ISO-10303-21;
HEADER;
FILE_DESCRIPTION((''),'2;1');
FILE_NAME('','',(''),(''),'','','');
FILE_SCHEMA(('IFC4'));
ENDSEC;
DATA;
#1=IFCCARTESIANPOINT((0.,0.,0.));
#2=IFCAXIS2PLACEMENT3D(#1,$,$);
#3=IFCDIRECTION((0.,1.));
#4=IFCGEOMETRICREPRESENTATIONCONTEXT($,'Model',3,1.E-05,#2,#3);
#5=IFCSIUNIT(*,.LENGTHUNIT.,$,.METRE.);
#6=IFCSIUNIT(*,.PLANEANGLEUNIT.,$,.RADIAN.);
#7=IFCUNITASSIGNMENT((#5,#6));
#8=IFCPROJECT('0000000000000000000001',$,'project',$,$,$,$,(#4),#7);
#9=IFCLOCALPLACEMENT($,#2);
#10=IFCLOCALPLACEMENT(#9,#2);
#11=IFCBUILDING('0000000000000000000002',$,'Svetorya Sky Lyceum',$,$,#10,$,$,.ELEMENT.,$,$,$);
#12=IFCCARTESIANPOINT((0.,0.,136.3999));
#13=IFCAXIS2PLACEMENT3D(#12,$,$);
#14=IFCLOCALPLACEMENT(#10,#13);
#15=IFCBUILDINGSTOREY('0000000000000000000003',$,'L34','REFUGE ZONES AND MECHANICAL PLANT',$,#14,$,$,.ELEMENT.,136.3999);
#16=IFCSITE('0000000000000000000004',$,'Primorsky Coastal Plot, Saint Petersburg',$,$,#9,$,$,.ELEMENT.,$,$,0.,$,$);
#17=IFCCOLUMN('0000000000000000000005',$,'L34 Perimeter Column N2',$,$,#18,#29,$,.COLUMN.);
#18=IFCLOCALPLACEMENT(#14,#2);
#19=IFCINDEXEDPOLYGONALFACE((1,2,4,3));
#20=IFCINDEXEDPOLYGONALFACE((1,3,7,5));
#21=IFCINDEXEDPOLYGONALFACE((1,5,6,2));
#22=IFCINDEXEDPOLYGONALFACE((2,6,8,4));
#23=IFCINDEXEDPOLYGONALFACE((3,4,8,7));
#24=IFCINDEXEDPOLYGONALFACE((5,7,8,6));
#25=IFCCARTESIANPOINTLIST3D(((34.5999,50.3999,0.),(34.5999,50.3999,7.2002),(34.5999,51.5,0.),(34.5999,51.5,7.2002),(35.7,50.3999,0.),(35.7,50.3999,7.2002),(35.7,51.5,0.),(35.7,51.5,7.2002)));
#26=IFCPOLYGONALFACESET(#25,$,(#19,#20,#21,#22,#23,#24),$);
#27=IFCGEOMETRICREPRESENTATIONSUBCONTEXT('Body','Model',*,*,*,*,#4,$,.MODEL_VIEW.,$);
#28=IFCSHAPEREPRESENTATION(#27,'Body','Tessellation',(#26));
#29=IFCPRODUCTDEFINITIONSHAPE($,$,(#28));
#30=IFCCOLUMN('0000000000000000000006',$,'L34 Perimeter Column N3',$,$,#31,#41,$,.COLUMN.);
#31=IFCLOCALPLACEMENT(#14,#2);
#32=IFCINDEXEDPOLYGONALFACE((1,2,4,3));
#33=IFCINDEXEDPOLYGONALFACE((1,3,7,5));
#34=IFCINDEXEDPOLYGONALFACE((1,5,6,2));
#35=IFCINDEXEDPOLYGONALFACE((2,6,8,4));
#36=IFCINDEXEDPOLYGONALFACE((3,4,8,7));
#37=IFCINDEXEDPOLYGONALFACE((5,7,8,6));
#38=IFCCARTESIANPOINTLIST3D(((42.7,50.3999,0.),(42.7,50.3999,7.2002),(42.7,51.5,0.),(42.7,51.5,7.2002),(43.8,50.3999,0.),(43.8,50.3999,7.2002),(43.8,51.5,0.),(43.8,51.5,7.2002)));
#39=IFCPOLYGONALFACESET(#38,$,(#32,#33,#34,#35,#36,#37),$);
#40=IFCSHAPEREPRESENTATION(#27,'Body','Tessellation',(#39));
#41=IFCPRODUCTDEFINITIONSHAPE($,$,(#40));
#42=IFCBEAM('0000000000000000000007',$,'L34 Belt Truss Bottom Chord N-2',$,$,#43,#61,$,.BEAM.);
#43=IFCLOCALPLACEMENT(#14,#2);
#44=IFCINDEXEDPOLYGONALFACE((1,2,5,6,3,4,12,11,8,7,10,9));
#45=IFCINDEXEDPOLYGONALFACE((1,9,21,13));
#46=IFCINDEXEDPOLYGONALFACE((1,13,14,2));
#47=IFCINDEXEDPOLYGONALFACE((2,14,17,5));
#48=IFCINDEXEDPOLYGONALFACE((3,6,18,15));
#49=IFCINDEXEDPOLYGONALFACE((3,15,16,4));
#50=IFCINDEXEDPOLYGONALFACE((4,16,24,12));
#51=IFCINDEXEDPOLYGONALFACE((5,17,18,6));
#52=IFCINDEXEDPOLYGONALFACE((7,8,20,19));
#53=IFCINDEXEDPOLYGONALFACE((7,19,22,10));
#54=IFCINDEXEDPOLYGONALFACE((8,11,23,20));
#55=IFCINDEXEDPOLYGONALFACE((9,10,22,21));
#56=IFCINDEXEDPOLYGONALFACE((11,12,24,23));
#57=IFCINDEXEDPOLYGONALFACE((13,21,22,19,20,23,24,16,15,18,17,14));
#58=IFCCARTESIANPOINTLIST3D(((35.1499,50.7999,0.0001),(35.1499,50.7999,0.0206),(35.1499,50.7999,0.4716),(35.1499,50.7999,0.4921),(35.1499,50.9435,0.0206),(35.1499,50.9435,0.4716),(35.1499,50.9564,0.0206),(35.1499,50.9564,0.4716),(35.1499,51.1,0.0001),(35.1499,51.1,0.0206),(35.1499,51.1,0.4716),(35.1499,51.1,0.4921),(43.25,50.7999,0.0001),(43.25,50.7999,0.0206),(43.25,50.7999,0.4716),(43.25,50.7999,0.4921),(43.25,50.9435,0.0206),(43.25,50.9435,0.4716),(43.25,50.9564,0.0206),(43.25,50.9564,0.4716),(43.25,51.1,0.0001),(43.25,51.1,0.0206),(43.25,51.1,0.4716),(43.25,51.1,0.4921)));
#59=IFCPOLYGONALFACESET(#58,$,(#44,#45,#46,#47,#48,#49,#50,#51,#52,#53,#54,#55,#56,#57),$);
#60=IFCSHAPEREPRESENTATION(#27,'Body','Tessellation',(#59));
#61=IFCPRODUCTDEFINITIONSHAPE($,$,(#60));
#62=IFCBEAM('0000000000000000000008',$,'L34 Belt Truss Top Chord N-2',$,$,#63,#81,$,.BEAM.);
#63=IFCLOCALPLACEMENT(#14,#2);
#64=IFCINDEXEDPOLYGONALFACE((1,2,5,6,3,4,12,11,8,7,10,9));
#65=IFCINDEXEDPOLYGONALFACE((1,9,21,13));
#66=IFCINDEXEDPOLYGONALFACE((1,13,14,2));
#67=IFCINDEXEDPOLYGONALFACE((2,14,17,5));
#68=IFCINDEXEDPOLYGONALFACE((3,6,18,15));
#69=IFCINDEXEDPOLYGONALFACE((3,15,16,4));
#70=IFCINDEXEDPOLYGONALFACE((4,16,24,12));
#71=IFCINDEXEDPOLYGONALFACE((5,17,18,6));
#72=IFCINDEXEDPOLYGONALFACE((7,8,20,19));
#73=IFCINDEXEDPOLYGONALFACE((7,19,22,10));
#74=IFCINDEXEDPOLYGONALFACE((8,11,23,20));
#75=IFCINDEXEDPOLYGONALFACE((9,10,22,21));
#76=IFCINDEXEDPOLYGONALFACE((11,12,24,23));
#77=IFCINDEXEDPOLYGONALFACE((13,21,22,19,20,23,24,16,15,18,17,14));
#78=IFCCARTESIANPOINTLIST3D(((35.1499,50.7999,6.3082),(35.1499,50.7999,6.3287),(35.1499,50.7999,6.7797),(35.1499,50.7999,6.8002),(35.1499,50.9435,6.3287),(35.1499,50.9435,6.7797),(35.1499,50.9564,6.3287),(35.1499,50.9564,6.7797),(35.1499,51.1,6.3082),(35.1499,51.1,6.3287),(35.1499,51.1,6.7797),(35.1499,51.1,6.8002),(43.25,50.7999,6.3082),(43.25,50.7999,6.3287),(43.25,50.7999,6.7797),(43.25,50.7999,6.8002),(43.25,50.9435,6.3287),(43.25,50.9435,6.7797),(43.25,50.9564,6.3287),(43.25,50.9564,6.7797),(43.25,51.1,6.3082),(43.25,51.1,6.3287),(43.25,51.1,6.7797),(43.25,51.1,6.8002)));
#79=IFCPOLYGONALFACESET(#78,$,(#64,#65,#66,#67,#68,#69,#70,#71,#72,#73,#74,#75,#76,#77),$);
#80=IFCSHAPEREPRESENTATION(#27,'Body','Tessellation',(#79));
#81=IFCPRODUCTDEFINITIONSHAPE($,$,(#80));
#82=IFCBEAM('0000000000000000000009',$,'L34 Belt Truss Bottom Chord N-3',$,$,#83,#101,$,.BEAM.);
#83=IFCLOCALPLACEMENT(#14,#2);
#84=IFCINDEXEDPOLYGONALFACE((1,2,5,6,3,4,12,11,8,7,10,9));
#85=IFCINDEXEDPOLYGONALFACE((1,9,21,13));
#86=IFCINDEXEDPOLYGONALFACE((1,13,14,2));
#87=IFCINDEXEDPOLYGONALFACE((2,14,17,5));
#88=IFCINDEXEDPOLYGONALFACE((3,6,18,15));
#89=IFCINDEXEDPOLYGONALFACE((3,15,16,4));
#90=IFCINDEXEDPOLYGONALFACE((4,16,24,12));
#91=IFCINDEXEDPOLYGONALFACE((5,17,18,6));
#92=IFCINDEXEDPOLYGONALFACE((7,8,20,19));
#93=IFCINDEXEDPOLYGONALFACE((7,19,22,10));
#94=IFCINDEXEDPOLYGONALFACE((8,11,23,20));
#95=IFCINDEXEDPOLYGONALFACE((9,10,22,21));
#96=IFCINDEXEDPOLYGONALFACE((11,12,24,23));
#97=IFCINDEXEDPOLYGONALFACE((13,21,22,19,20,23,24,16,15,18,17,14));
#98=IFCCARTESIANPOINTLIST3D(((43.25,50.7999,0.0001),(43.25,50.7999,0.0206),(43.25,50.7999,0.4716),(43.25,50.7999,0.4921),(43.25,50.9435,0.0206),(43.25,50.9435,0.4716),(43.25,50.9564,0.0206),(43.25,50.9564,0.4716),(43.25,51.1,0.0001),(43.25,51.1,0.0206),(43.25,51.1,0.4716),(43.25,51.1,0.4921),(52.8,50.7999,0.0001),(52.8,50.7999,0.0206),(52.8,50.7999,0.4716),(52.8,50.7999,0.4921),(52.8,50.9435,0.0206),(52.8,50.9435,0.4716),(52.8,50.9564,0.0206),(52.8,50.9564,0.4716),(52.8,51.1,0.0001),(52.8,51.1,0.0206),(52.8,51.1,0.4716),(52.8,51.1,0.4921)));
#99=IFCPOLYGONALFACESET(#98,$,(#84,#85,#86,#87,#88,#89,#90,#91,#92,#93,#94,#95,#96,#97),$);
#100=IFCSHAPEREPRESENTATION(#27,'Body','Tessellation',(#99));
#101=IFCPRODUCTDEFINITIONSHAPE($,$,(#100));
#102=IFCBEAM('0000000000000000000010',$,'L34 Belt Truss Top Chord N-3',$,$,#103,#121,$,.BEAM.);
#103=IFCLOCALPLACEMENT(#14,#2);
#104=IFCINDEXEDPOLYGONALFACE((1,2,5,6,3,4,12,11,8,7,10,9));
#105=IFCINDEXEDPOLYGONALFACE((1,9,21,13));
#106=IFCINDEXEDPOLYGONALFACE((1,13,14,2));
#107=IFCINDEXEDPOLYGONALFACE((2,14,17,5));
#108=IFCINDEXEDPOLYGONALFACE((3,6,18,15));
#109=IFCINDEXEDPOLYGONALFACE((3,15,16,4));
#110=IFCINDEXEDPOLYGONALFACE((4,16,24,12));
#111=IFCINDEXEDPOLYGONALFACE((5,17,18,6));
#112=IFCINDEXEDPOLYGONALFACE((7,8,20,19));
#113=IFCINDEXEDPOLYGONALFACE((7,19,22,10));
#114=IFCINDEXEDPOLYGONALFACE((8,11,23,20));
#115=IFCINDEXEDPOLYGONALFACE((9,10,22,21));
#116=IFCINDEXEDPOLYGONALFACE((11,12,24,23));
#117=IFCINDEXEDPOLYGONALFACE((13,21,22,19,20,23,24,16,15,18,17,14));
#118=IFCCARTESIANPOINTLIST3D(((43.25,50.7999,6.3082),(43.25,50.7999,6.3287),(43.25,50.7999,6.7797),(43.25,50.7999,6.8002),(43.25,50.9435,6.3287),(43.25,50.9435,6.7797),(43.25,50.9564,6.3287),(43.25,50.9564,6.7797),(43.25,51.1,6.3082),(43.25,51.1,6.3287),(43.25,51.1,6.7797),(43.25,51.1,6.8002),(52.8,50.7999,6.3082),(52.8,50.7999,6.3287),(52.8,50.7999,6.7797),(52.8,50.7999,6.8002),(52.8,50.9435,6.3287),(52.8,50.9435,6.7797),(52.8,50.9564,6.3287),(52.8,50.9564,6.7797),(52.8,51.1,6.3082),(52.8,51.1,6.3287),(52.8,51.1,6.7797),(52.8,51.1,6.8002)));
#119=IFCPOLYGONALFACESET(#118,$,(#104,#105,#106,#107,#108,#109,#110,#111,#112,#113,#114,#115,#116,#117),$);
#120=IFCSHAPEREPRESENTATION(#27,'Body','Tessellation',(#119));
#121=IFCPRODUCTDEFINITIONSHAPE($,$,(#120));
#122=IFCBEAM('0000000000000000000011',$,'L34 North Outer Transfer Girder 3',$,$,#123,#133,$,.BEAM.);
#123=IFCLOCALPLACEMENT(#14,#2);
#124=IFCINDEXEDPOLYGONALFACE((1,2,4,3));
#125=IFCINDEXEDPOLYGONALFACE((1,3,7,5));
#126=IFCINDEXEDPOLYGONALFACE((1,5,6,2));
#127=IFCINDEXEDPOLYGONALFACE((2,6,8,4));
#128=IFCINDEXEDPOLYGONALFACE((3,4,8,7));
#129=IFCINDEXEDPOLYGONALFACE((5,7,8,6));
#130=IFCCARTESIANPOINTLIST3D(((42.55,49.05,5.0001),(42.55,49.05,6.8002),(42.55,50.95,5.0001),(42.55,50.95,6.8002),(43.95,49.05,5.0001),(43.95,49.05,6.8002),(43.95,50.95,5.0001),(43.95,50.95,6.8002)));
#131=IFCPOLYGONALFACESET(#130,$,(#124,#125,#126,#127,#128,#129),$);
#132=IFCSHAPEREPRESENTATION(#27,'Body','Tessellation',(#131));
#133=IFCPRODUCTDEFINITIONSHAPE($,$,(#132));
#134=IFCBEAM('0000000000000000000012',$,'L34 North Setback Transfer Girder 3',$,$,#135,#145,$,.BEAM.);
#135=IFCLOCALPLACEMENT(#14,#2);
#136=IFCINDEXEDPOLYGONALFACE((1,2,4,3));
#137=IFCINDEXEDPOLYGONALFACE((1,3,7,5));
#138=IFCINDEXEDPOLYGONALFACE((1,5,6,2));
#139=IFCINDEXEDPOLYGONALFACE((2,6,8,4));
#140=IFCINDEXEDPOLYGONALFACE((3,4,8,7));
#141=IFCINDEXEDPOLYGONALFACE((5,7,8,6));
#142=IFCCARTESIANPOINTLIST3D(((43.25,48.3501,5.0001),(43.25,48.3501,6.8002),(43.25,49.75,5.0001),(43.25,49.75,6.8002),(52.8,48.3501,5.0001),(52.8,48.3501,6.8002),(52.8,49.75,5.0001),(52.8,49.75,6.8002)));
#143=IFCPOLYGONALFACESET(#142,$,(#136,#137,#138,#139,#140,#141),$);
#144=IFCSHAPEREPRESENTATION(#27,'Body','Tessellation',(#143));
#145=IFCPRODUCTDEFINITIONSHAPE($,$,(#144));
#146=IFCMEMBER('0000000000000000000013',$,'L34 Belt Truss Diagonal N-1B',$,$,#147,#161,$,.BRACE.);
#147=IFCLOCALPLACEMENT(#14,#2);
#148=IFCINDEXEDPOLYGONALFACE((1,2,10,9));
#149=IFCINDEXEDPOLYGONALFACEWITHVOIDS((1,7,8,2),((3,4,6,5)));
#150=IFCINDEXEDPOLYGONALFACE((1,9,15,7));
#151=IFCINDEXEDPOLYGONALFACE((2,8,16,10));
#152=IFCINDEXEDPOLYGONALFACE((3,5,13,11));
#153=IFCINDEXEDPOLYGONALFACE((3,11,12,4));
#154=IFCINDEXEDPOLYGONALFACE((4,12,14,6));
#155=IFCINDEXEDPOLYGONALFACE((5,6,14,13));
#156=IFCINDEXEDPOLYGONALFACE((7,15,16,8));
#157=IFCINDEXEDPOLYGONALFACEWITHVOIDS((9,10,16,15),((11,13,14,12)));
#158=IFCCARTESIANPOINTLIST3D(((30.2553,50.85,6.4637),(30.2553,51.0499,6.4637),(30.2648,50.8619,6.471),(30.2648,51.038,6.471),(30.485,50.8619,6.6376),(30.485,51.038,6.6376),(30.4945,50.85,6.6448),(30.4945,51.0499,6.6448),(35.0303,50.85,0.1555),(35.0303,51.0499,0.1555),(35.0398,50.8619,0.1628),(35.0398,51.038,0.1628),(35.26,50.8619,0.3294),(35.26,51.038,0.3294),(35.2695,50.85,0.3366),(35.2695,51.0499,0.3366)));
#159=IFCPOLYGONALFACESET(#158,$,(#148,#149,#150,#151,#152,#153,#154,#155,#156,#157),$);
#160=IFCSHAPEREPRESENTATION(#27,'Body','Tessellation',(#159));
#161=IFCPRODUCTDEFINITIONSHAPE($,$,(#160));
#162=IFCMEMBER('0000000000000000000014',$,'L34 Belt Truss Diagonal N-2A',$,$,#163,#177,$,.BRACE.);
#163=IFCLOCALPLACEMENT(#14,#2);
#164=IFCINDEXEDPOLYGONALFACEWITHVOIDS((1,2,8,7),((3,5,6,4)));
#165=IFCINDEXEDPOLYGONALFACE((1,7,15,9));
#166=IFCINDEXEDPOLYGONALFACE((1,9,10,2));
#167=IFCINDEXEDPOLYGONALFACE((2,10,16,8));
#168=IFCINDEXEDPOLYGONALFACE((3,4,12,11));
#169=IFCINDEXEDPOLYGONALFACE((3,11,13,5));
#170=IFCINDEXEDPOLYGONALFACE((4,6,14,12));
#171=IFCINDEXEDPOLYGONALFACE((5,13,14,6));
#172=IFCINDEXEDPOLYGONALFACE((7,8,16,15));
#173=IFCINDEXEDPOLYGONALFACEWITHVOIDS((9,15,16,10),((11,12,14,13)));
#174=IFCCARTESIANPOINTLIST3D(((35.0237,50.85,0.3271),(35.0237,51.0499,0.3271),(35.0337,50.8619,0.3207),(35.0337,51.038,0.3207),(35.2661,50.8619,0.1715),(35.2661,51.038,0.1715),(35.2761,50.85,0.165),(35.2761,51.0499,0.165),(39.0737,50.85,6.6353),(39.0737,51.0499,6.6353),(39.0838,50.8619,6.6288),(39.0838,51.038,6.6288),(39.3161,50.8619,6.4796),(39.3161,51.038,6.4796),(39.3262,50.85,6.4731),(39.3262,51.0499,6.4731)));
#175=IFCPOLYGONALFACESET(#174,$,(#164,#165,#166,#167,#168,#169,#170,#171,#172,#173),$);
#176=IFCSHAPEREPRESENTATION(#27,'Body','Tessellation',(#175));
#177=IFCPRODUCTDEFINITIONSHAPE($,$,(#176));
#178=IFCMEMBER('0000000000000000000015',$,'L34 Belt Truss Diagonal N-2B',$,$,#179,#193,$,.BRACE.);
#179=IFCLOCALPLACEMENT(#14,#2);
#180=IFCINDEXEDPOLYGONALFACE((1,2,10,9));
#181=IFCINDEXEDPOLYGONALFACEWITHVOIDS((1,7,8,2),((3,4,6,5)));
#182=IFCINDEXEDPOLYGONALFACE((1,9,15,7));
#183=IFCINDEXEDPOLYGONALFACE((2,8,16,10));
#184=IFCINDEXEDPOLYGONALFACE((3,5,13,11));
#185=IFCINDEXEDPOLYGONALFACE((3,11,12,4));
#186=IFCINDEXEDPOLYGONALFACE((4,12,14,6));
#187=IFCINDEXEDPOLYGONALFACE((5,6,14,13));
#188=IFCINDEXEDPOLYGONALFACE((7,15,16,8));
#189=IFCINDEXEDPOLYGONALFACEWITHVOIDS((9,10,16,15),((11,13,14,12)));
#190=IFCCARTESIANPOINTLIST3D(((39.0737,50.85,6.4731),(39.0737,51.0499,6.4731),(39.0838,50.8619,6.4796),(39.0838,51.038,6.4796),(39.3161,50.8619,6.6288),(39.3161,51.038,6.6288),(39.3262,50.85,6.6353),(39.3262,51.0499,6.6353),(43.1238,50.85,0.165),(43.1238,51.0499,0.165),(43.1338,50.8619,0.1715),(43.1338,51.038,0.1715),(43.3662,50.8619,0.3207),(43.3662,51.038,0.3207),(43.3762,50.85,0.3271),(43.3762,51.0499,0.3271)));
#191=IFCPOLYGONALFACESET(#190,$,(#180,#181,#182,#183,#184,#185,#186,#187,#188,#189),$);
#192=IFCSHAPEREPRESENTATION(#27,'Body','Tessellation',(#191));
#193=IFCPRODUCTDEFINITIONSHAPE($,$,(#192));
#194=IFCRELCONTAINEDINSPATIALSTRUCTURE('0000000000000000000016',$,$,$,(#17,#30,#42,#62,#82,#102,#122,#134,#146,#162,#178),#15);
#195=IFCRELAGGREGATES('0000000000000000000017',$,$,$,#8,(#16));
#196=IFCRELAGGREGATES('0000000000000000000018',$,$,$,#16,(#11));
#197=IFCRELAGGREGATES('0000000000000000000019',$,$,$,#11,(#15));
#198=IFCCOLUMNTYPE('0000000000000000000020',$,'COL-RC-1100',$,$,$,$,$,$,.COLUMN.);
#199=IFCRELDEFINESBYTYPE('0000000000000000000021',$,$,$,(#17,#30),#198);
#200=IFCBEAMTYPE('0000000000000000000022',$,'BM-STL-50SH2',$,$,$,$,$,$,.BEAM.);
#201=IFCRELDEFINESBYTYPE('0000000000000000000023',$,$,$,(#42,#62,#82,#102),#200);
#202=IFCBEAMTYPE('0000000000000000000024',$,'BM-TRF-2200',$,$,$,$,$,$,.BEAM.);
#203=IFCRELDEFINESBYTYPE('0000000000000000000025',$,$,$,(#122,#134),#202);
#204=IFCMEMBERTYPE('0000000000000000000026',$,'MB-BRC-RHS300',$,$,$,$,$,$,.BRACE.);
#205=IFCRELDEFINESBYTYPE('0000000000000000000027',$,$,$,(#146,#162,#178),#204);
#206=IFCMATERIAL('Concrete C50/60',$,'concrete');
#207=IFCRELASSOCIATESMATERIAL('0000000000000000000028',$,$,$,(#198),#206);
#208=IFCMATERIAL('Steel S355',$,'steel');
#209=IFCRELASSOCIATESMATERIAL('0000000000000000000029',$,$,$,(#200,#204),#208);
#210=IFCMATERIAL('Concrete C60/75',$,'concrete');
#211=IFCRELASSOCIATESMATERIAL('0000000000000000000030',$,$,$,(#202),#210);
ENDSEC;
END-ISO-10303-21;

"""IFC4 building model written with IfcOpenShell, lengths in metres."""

from ifc_helpers import new_model, si_unit, direction, frame, origin, origin_2d, place, context, subcontext, project, spatial, rectangle, hollow_rectangle, i_section, extrude, material, material_profile, profile_set, type_object, element, save


model = new_model("IFC4")

# Units and contexts
model_context = context("Model", 3, precision=1e-05, world=origin(), true_north=direction((0.0, 1.0)))
body_context = subcontext(model_context, "Body", "Model", "MODEL_VIEW")
ifc_project = project(units=[si_unit("LENGTHUNIT", "METRE"), si_unit("PLANEANGLEUNIT", "RADIAN")], contexts=[model_context])

# Site, building, storey
site_placement = place(None, origin())
site = spatial("IfcSite", under=ifc_project, at=site_placement, Name="Primorsky Coastal Plot, Saint Petersburg", CompositionType="ELEMENT", RefElevation=0.0)
building_placement = place(site_placement, origin())
building = spatial("IfcBuilding", under=site, at=building_placement, Name="Svetorya Sky Lyceum", CompositionType="ELEMENT")
storey_placement = place(building_placement, frame((0.0, 0.0, 136.3999)))
storey = spatial("IfcBuildingStorey", under=building, at=storey_placement, Name="L34", Description="REFUGE ZONES AND MECHANICAL PLANT", CompositionType="ELEMENT", Elevation=136.3999)

# Columns
ifc_material_1 = material(Name="Concrete C50/60", Category="concrete")
ifc_material_profile_1 = material_profile(ifc_material_1, rectangle(XDim=1.1001, YDim=1.1001, at=origin_2d()), Name="RC COL 1100x1100")
ifc_profile_set_1 = profile_set([ifc_material_profile_1], Name="Concrete C50/60")
column_type = type_object("IfcColumnType", Name="COL-RC-1100", PredefinedType="COLUMN", material=ifc_profile_set_1)
for number, where, z_axis, x_axis, name in (
    (1, (35.1499, 50.95, 0.0), (0.0, 0.0, 1.0), (1.0, 0.0, 0.0), "L34 Perimeter Column N2"),
    (2, (43.25, 50.95, 0.0), (0.0, 0.0, 1.0), (1.0, 0.0, 0.0), "L34 Perimeter Column N3"),
):
    element("IfcColumn", number, at=place(storey_placement, frame(where, z_axis=z_axis, x_axis=x_axis)), inside=storey, type_object=column_type, Name=name, PredefinedType="COLUMN", context=body_context, shape_type="SweptSolid", body=[
        extrude(rectangle(XDim=1.1001, YDim=1.1001, at=origin_2d()), origin(), (0.0, 0.0, 1.0), 7.2002),
    ])

# Beams
ifc_material_2 = material(Name="Steel S355", Category="steel")
ifc_material_profile_2 = material_profile(ifc_material_2, i_section(OverallWidth=0.3, OverallDepth=0.4919, WebThickness=0.0129, FlangeThickness=0.0205, at=origin_2d()), Name="GOST 50Sh2")
ifc_profile_set_2 = profile_set([ifc_material_profile_2], Name="Steel S355")
beam_type_1 = type_object("IfcBeamType", Name="BM-STL-50SH2", PredefinedType="BEAM", material=ifc_profile_set_2)
for number, where, z_axis, x_axis, name in (
    (3, (35.1499, 50.95, 0.2461), (1.0, 0.0, 0.0), (0.0, 1.0, 0.0), "L34 Belt Truss Bottom Chord N-2"),
    (4, (35.1499, 50.95, 6.5542), (1.0, 0.0, 0.0), (0.0, 1.0, 0.0), "L34 Belt Truss Top Chord N-2"),
):
    element("IfcBeam", number, at=place(storey_placement, frame(where, z_axis=z_axis, x_axis=x_axis)), inside=storey, type_object=beam_type_1, Name=name, PredefinedType="BEAM", context=body_context, shape_type="SweptSolid", body=[
        extrude(i_section(OverallWidth=0.3, OverallDepth=0.4919, WebThickness=0.0129, FlangeThickness=0.0205, at=origin_2d()), origin(), (0.0, 0.0, 1.0), 8.1001),
    ])
for number, where, z_axis, x_axis, name in (
    (5, (43.25, 50.95, 0.2461), (1.0, 0.0, 0.0), (0.0, 1.0, 0.0), "L34 Belt Truss Bottom Chord N-3"),
    (6, (43.25, 50.95, 6.5542), (1.0, 0.0, 0.0), (0.0, 1.0, 0.0), "L34 Belt Truss Top Chord N-3"),
):
    element("IfcBeam", number, at=place(storey_placement, frame(where, z_axis=z_axis, x_axis=x_axis)), inside=storey, type_object=beam_type_1, Name=name, PredefinedType="BEAM", context=body_context, shape_type="SweptSolid", body=[
        extrude(i_section(OverallWidth=0.3, OverallDepth=0.4919, WebThickness=0.0129, FlangeThickness=0.0205, at=origin_2d()), origin(), (0.0, 0.0, 1.0), 9.55),
    ])
ifc_material_3 = material(Name="Concrete C60/75", Category="concrete")
ifc_material_profile_3 = material_profile(ifc_material_3, rectangle(XDim=1.3999, YDim=1.8, at=origin_2d()), Name="RC TRANSFER 1400x1800")
ifc_profile_set_3 = profile_set([ifc_material_profile_3], Name="Concrete C60/75")
beam_type_2 = type_object("IfcBeamType", Name="BM-TRF-2200", PredefinedType="BEAM", material=ifc_profile_set_3)
beam_1_placement = place(storey_placement, frame((43.25, 49.05, 5.9001), z_axis=(0.0, 1.0, 0.0), x_axis=(-1.0, 0.0, 0.0)))
element("IfcBeam", 7, at=beam_1_placement, inside=storey, type_object=beam_type_2, Name="L34 North Outer Transfer Girder 3", PredefinedType="BEAM", context=body_context, shape_type="SweptSolid", body=[
    extrude(rectangle(XDim=1.3999, YDim=1.8, at=origin_2d()), origin(), (0.0, 0.0, 1.0), 1.8999),
])
beam_2_placement = place(storey_placement, frame((43.25, 49.05, 5.9001), z_axis=(1.0, 0.0, 0.0), x_axis=(0.0, 1.0, 0.0)))
element("IfcBeam", 8, at=beam_2_placement, inside=storey, type_object=beam_type_2, Name="L34 North Setback Transfer Girder 3", PredefinedType="BEAM", context=body_context, shape_type="SweptSolid", body=[
    extrude(rectangle(XDim=1.3999, YDim=1.8, at=origin_2d()), origin(), (0.0, 0.0, 1.0), 9.55),
])

# Members
ifc_material_profile_4 = material_profile(ifc_material_2, hollow_rectangle(XDim=0.2, YDim=0.3, WallThickness=0.012, at=origin_2d()), Name="RHS 300x200x12")
ifc_profile_set_4 = profile_set([ifc_material_profile_4], Name="Steel S355")
member_type_1 = type_object("IfcMemberType", Name="MB-BRC-RHS300", PredefinedType="BRACE", material=ifc_profile_set_4)
member_1_placement = place(storey_placement, frame((35.1499, 50.95, 0.2461), z_axis=(-0.603539, 0.0, 0.797333), x_axis=(0.0, -1.0, 0.0)))
element("IfcMember", 9, at=member_1_placement, inside=storey, type_object=member_type_1, Name="L34 Belt Truss Diagonal N-1B", PredefinedType="BRACE", context=body_context, shape_type="SweptSolid", body=[
    extrude(hollow_rectangle(XDim=0.2, YDim=0.3, WallThickness=0.012, at=origin_2d()), origin(), (0.0, 0.0, 1.0), 7.9116),
])
for number, where, z_axis, x_axis, name in (
    (10, (35.1499, 50.95, 0.2461), (0.54027, 0.0, 0.841492), (0.0, 1.0, 0.0), "L34 Belt Truss Diagonal N-2A"),
    (11, (43.25, 50.95, 0.2461), (-0.54027, 0.0, 0.841492), (0.0, -1.0, 0.0), "L34 Belt Truss Diagonal N-2B"),
):
    element("IfcMember", number, at=place(storey_placement, frame(where, z_axis=z_axis, x_axis=x_axis)), inside=storey, type_object=member_type_1, Name=name, PredefinedType="BRACE", context=body_context, shape_type="SweptSolid", body=[
        extrude(hollow_rectangle(XDim=0.2, YDim=0.3, WallThickness=0.012, at=origin_2d()), origin(), (0.0, 0.0, 1.0), 7.4963),
    ])

save(model, "model.ifc")
